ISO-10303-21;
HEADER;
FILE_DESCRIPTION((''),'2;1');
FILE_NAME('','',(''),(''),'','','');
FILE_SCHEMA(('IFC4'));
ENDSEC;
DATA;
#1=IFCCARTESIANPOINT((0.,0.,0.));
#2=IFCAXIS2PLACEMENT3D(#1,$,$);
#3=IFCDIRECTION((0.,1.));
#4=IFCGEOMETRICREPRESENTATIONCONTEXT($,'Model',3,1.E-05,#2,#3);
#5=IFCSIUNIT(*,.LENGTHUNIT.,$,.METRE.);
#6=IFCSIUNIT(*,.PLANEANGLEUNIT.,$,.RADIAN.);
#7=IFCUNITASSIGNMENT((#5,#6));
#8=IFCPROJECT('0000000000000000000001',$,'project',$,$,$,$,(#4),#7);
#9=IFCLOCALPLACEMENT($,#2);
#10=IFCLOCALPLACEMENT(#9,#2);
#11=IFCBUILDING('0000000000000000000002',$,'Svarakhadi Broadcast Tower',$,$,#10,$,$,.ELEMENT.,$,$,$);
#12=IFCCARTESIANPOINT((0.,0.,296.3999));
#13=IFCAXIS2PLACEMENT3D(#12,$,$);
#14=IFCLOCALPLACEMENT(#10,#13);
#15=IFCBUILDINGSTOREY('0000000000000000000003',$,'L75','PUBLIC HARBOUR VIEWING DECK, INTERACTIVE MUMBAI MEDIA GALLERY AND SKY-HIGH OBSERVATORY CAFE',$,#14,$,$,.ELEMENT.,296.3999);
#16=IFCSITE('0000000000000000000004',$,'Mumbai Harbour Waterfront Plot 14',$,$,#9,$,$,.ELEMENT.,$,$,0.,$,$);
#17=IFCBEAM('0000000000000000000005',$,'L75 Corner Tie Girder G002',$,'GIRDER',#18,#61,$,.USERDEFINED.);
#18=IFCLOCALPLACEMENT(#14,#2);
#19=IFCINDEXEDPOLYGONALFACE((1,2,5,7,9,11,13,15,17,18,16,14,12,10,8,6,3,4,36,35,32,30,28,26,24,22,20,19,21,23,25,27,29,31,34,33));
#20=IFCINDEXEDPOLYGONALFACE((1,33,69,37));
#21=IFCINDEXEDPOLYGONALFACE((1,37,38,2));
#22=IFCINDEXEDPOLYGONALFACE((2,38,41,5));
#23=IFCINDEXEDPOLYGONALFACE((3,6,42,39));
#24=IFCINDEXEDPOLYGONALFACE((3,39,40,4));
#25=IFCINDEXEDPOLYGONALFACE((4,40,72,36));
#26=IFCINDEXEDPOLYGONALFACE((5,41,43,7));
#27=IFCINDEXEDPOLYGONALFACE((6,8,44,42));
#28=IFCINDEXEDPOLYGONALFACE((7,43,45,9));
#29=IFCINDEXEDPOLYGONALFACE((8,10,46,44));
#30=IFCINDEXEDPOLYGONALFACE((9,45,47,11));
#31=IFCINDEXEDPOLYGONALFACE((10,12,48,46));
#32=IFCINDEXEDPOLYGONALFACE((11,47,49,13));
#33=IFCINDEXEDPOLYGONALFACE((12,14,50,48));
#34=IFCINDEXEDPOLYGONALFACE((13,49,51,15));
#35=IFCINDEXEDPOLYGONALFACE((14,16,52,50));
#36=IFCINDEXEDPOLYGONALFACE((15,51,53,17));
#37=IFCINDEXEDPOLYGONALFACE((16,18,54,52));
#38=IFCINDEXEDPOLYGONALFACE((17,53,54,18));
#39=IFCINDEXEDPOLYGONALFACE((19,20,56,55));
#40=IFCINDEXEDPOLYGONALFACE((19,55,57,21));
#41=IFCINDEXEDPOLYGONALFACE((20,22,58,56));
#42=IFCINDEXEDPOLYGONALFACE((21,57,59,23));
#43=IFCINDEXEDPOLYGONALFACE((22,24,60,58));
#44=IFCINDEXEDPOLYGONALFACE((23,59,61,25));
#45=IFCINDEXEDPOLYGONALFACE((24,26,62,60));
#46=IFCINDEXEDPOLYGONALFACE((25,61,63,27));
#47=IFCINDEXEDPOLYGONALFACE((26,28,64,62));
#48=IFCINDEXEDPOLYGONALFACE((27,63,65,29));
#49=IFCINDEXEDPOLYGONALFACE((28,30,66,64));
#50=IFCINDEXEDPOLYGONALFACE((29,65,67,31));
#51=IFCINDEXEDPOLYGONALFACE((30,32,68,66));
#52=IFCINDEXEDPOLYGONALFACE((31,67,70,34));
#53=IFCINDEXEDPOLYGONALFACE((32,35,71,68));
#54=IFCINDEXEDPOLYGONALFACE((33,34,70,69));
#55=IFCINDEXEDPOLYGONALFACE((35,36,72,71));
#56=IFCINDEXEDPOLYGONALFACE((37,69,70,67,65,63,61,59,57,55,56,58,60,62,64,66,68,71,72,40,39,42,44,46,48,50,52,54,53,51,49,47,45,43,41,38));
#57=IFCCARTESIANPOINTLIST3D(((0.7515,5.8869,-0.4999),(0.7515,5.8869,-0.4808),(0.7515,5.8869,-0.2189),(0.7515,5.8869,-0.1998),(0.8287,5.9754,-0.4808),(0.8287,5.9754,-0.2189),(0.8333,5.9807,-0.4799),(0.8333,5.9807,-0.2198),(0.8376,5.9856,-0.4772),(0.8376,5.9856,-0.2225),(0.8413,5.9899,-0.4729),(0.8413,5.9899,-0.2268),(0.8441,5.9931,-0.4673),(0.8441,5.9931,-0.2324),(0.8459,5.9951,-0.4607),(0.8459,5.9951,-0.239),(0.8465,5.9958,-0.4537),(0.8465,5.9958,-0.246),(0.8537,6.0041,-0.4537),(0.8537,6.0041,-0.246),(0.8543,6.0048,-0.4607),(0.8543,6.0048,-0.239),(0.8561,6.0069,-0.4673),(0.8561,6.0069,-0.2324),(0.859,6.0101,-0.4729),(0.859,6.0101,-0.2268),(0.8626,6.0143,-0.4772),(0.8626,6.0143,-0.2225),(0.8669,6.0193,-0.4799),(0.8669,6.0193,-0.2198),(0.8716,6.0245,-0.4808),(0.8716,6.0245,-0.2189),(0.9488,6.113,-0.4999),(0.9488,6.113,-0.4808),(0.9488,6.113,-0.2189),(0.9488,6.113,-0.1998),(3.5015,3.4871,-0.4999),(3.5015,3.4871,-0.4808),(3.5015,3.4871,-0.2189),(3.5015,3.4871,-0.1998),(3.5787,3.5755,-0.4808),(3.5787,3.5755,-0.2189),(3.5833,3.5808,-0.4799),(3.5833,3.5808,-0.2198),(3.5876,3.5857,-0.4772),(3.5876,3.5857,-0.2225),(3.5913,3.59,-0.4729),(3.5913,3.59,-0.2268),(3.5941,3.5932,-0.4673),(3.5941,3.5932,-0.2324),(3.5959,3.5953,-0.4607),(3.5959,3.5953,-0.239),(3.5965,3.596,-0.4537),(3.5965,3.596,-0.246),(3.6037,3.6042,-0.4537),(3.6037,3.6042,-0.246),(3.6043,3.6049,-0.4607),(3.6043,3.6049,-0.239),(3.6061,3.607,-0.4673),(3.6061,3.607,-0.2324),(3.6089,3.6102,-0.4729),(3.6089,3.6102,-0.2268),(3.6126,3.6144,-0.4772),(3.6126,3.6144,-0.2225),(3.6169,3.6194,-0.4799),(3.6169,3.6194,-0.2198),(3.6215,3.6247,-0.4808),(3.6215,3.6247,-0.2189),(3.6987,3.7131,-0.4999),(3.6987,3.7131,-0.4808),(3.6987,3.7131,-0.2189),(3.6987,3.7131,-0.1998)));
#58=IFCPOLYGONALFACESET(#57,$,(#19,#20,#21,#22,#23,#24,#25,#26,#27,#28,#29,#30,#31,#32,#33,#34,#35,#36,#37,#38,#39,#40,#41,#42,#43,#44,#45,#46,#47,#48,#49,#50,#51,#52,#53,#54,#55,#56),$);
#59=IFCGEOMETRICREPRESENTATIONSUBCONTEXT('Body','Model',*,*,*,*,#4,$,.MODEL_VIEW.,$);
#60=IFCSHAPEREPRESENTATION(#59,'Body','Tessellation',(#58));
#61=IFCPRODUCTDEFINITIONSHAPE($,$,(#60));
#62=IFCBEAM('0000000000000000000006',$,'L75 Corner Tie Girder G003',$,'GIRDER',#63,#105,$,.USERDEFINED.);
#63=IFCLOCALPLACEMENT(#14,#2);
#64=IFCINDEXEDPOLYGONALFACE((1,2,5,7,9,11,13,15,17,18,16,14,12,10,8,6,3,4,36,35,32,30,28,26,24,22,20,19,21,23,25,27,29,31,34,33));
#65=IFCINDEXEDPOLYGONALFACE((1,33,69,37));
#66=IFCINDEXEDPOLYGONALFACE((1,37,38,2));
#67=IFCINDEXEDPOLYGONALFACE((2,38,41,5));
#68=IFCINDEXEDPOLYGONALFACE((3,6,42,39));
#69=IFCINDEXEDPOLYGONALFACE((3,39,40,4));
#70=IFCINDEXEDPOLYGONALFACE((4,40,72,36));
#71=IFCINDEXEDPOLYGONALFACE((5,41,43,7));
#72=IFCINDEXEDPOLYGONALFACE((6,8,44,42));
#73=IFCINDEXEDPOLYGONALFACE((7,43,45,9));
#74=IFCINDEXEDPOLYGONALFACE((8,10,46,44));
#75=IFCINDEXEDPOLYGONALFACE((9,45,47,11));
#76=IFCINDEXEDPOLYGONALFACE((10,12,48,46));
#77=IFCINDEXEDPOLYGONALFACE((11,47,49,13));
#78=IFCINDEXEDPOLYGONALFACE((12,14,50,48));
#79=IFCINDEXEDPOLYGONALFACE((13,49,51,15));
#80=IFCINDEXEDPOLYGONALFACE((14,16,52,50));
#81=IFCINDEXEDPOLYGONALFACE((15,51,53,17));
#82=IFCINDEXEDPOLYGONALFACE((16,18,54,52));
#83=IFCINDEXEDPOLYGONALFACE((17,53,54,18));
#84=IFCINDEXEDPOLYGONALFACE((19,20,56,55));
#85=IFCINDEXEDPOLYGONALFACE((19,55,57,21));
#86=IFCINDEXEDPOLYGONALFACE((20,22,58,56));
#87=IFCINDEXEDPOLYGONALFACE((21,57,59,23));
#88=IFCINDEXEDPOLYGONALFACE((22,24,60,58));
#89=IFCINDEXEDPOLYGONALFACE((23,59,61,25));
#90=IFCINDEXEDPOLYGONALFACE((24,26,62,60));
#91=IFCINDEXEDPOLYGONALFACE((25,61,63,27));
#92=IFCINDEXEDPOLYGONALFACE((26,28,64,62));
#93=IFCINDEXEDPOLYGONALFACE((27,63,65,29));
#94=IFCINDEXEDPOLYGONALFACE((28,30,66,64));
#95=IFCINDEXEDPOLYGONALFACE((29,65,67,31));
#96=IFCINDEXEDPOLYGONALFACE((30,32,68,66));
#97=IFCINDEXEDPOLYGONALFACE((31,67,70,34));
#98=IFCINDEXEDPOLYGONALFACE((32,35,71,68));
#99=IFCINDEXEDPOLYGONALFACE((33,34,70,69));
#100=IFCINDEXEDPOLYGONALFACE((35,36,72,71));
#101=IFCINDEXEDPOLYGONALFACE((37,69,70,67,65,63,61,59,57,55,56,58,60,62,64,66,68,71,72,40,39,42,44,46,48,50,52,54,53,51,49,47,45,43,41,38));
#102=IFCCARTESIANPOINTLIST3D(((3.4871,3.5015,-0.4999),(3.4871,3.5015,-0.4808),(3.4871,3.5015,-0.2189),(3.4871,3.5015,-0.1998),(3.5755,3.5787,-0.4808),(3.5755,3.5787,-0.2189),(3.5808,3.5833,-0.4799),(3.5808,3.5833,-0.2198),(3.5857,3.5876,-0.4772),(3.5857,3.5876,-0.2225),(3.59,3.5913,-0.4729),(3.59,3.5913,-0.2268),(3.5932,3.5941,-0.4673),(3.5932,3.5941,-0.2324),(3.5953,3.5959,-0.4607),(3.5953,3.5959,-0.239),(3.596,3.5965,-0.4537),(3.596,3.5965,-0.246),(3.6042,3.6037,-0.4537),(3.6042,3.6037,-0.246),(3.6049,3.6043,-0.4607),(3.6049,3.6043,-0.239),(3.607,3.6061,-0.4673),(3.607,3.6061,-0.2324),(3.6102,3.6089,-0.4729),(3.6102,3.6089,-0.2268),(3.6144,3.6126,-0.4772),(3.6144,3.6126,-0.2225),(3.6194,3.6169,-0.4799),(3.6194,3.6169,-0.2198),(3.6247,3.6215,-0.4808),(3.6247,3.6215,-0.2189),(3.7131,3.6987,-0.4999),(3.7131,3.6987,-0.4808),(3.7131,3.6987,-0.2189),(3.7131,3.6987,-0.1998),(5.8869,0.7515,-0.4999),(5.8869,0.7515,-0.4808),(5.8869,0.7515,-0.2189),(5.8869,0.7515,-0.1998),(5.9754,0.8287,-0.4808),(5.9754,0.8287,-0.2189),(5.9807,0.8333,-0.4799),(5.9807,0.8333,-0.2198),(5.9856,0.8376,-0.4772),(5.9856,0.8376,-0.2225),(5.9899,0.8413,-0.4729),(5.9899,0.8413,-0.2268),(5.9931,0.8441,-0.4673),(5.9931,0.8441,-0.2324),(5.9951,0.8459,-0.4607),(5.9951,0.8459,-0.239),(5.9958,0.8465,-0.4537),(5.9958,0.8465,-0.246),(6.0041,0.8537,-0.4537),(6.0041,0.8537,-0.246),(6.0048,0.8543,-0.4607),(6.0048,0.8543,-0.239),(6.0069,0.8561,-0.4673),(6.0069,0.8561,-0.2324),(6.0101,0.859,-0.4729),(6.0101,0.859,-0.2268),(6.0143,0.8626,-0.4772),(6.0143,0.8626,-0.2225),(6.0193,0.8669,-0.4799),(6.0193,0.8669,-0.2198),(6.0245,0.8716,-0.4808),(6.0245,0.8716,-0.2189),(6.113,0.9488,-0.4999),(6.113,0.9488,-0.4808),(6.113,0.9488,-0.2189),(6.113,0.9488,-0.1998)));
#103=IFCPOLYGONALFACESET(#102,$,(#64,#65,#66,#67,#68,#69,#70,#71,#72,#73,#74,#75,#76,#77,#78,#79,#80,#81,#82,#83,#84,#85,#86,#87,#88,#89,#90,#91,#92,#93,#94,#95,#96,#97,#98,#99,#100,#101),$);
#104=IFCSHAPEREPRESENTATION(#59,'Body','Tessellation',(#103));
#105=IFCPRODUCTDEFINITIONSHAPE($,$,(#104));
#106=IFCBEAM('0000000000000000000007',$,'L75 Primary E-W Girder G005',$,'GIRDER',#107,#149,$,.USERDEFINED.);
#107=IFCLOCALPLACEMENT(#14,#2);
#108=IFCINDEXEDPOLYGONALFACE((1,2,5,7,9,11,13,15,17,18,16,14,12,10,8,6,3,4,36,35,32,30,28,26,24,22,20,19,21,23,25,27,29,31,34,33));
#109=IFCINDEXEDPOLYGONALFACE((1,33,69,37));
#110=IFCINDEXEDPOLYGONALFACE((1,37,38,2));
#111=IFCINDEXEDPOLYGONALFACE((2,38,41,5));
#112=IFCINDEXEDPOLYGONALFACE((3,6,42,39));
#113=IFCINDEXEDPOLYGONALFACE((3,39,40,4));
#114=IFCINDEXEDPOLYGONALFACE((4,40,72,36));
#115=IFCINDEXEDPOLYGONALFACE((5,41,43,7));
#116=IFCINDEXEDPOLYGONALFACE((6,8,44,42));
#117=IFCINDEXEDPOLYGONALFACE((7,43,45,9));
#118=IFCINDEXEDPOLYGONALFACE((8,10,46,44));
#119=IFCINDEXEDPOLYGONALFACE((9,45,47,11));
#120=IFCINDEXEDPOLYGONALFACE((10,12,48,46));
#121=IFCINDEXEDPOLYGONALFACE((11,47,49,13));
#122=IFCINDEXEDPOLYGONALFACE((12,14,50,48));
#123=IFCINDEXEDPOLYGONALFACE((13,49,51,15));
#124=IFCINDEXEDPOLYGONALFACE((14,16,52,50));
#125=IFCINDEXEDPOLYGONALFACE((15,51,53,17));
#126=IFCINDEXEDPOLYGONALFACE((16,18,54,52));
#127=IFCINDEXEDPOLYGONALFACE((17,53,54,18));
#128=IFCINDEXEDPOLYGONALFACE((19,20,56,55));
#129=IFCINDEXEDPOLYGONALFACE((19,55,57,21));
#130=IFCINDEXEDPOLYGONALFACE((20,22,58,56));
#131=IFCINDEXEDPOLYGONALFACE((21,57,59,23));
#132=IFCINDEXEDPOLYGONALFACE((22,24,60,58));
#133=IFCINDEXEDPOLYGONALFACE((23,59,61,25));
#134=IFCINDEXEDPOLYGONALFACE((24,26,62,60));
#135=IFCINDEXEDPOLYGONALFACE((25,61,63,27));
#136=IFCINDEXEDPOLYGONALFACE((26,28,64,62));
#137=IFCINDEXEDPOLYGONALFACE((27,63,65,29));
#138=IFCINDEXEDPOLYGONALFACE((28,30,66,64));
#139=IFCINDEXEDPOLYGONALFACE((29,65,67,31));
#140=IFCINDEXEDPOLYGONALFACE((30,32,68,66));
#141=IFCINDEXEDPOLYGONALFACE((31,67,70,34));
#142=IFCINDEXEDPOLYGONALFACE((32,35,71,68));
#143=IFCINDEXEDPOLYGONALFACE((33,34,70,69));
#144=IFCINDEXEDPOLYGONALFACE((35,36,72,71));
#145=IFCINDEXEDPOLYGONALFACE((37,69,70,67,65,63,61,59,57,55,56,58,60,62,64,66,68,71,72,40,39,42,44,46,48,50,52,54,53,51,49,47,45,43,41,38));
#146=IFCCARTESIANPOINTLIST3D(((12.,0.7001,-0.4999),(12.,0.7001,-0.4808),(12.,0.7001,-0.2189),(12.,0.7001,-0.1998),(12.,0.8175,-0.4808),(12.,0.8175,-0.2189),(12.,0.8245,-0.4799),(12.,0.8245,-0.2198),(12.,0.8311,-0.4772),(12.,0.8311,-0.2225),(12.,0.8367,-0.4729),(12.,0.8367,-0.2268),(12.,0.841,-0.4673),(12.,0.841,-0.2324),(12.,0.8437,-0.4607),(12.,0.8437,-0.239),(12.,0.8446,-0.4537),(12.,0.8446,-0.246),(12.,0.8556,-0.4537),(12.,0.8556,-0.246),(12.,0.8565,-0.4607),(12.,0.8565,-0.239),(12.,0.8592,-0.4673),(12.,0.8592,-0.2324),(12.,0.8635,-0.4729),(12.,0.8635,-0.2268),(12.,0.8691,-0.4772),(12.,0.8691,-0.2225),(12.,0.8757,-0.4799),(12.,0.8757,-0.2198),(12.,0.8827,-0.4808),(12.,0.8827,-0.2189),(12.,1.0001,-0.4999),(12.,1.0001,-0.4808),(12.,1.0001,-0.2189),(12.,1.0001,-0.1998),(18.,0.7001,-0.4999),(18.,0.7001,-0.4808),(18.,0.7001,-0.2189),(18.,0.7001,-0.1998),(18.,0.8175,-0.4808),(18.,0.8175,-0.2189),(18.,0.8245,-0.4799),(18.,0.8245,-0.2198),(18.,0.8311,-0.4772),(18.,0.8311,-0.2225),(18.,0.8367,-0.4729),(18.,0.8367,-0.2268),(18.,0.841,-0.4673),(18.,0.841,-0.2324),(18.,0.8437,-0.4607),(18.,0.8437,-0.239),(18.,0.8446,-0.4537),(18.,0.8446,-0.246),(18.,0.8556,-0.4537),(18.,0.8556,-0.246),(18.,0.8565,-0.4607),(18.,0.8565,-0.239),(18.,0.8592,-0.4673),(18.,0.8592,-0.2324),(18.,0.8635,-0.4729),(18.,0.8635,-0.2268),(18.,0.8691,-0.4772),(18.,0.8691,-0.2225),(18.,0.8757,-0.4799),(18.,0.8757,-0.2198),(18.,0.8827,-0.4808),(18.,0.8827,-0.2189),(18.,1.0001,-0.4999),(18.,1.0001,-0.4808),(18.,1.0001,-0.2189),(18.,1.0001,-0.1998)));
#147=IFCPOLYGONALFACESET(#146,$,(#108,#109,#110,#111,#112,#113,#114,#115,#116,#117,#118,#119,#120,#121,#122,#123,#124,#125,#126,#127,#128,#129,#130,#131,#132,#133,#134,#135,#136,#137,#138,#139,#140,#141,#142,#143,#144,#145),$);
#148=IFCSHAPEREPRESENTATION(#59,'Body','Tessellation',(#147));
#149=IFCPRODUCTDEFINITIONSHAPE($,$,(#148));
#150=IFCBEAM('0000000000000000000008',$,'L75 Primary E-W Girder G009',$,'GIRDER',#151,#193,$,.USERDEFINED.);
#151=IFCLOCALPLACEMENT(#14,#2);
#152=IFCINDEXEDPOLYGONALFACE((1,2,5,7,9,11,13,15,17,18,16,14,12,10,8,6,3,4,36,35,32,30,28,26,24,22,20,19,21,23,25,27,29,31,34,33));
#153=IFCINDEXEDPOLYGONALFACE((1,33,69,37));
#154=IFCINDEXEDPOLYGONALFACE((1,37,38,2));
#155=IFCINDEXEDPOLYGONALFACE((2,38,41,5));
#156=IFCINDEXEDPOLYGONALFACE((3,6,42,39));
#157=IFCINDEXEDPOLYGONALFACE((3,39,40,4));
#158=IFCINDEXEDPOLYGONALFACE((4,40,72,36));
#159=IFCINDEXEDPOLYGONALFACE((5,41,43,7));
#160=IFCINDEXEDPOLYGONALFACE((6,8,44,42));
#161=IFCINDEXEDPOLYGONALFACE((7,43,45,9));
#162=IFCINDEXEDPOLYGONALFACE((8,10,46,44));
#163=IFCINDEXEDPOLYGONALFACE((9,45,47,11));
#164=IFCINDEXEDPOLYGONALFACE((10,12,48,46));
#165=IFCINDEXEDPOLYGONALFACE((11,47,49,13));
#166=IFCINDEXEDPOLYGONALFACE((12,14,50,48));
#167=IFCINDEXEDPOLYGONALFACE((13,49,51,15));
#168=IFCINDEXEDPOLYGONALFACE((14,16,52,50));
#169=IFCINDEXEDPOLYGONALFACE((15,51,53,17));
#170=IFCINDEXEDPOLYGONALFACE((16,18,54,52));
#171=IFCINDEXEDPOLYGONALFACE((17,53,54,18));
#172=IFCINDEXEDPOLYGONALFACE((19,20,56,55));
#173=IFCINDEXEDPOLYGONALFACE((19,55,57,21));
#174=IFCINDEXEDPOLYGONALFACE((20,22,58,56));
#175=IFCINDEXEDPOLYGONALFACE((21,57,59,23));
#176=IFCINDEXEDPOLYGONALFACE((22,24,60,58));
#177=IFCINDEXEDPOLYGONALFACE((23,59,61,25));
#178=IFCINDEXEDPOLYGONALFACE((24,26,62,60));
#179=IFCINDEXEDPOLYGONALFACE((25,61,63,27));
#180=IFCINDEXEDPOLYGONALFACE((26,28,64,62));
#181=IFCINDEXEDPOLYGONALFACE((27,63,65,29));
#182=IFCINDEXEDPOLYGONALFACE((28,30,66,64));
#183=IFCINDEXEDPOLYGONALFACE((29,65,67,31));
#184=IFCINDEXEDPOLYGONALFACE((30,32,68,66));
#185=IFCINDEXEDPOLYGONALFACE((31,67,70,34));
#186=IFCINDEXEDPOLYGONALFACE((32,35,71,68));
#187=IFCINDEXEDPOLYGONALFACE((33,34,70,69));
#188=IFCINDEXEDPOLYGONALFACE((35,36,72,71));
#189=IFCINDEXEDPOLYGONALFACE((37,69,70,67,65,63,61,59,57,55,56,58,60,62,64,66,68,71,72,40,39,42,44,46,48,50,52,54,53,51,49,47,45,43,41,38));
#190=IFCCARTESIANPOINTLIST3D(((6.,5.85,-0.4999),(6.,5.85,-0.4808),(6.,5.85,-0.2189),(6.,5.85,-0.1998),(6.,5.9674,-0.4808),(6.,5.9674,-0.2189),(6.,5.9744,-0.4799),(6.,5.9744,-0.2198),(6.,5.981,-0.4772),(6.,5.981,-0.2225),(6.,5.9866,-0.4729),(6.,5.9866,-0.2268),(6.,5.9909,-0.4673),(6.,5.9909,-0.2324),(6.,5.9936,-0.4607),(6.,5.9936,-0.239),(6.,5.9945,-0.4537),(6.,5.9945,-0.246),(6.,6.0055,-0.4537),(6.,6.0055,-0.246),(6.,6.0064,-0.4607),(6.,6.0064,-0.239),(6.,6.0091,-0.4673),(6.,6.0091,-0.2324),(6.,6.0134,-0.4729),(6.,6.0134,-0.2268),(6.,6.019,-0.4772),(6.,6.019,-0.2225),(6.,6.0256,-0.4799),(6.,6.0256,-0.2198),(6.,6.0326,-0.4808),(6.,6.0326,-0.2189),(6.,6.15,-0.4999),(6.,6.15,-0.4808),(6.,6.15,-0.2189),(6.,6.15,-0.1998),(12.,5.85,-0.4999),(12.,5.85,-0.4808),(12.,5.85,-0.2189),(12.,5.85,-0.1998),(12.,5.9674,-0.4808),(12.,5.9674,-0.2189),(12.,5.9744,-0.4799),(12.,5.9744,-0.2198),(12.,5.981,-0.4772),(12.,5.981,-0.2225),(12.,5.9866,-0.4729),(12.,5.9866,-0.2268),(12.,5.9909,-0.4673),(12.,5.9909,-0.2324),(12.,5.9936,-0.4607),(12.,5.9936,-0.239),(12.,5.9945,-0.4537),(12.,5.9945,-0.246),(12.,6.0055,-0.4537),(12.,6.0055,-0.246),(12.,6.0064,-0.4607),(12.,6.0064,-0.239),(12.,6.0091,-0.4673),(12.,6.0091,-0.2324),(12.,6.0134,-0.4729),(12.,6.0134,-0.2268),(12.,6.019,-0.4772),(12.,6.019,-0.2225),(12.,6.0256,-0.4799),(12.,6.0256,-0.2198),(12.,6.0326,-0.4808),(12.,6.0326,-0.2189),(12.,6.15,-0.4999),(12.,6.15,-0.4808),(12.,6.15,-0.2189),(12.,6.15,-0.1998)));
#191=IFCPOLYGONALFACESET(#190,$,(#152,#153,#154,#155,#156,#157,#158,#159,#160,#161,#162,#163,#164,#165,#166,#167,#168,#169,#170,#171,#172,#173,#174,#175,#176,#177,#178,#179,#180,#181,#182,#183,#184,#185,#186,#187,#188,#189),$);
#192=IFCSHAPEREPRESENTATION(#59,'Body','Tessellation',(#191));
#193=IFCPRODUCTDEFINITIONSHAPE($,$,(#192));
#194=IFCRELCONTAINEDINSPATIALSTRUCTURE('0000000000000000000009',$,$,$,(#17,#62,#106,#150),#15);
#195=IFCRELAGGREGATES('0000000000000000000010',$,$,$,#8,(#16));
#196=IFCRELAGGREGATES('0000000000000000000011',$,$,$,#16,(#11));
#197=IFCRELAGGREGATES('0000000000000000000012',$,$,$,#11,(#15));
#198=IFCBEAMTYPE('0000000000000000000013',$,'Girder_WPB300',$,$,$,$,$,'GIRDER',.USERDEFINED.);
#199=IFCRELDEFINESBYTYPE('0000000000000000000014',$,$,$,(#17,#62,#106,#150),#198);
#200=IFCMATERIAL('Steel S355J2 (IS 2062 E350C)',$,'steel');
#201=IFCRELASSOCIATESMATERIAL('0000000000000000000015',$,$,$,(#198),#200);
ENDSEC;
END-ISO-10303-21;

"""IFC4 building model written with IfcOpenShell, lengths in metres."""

from ifc_helpers import new_model, si_unit, direction, frame, origin, origin_2d, place, context, subcontext, project, spatial, i_section, extrude, material, material_profile, profile_set, type_object, element, save


model = new_model("IFC4")

# Units and contexts
model_context = context("Model", 3, precision=1e-05, world=origin(), true_north=direction((0.0, 1.0)))
body_context = subcontext(model_context, "Body", "Model", "MODEL_VIEW")
ifc_project = project(units=[si_unit("LENGTHUNIT", "METRE"), si_unit("PLANEANGLEUNIT", "RADIAN")], contexts=[model_context])

# Site, building, storey
site_placement = place(None, origin())
site = spatial("IfcSite", under=ifc_project, at=site_placement, Name="Mumbai Harbour Waterfront Plot 14", CompositionType="ELEMENT", RefElevation=0.0)
building_placement = place(site_placement, origin())
building = spatial("IfcBuilding", under=site, at=building_placement, Name="Svarakhadi Broadcast Tower", CompositionType="ELEMENT")
storey_placement = place(building_placement, frame((0.0, 0.0, 296.3999)))
storey = spatial("IfcBuildingStorey", under=building, at=storey_placement, Name="L75", Description="PUBLIC HARBOUR VIEWING DECK, INTERACTIVE MUMBAI MEDIA GALLERY AND SKY-HIGH OBSERVATORY CAFE", CompositionType="ELEMENT", Elevation=296.3999)

# Shared definitions
ifc_material_1 = material(Name="Steel S355J2 (IS 2062 E350C)", Category="steel")

# Beams
ifc_material_profile_1 = material_profile(ifc_material_1, i_section(OverallWidth=0.3, OverallDepth=0.3, WebThickness=0.011, FlangeThickness=0.019, FilletRadius=0.0271, at=origin_2d()), Name="WPB 300x300x117")
ifc_profile_set_1 = profile_set([ifc_material_profile_1], Name="Steel S355J2 (IS 2062 E350C)")
beam_type_1 = type_object("IfcBeamType", Name="Girder_WPB300", ElementType="GIRDER", PredefinedType="USERDEFINED", material=ifc_profile_set_1)
for number, where, z_axis, x_axis, name in (
    (1, (3.6001, 3.6001, -0.3499), (-0.753438, 0.657519, 0.0), (-0.657519, -0.753438, 0.0), "L75 Corner Tie Girder G002"),
    (2, (3.6001, 3.6001, -0.3499), (0.657519, -0.753438, 0.0), (0.753438, 0.657519, 0.0), "L75 Corner Tie Girder G003"),
):
    element("IfcBeam", number, at=place(storey_placement, frame(where, z_axis=z_axis, x_axis=x_axis)), inside=storey, type_object=beam_type_1, Name=name, ObjectType="GIRDER", PredefinedType="USERDEFINED", context=body_context, shape_type="SweptSolid", body=[
        extrude(i_section(OverallWidth=0.3, OverallDepth=0.3, WebThickness=0.011, FlangeThickness=0.019, FilletRadius=0.0271, at=origin_2d()), origin(), (0.0, 0.0, 1.0), 3.6499),
    ])
for number, where, z_axis, x_axis, name in (
    (3, (12.0, 0.8501, -0.3499), (1.0, 0.0, 0.0), (0.0, 1.0, 0.0), "L75 Primary E-W Girder G005"),
    (4, (6.0, 6.0, -0.3499), (1.0, 0.0, 0.0), (0.0, 1.0, 0.0), "L75 Primary E-W Girder G009"),
):
    element("IfcBeam", number, at=place(storey_placement, frame(where, z_axis=z_axis, x_axis=x_axis)), inside=storey, type_object=beam_type_1, Name=name, ObjectType="GIRDER", PredefinedType="USERDEFINED", context=body_context, shape_type="SweptSolid", body=[
        extrude(i_section(OverallWidth=0.3, OverallDepth=0.3, WebThickness=0.011, FlangeThickness=0.019, FilletRadius=0.0271, at=origin_2d()), origin(), (0.0, 0.0, 1.0), 6.0),
    ])

save(model, "model.ifc")
